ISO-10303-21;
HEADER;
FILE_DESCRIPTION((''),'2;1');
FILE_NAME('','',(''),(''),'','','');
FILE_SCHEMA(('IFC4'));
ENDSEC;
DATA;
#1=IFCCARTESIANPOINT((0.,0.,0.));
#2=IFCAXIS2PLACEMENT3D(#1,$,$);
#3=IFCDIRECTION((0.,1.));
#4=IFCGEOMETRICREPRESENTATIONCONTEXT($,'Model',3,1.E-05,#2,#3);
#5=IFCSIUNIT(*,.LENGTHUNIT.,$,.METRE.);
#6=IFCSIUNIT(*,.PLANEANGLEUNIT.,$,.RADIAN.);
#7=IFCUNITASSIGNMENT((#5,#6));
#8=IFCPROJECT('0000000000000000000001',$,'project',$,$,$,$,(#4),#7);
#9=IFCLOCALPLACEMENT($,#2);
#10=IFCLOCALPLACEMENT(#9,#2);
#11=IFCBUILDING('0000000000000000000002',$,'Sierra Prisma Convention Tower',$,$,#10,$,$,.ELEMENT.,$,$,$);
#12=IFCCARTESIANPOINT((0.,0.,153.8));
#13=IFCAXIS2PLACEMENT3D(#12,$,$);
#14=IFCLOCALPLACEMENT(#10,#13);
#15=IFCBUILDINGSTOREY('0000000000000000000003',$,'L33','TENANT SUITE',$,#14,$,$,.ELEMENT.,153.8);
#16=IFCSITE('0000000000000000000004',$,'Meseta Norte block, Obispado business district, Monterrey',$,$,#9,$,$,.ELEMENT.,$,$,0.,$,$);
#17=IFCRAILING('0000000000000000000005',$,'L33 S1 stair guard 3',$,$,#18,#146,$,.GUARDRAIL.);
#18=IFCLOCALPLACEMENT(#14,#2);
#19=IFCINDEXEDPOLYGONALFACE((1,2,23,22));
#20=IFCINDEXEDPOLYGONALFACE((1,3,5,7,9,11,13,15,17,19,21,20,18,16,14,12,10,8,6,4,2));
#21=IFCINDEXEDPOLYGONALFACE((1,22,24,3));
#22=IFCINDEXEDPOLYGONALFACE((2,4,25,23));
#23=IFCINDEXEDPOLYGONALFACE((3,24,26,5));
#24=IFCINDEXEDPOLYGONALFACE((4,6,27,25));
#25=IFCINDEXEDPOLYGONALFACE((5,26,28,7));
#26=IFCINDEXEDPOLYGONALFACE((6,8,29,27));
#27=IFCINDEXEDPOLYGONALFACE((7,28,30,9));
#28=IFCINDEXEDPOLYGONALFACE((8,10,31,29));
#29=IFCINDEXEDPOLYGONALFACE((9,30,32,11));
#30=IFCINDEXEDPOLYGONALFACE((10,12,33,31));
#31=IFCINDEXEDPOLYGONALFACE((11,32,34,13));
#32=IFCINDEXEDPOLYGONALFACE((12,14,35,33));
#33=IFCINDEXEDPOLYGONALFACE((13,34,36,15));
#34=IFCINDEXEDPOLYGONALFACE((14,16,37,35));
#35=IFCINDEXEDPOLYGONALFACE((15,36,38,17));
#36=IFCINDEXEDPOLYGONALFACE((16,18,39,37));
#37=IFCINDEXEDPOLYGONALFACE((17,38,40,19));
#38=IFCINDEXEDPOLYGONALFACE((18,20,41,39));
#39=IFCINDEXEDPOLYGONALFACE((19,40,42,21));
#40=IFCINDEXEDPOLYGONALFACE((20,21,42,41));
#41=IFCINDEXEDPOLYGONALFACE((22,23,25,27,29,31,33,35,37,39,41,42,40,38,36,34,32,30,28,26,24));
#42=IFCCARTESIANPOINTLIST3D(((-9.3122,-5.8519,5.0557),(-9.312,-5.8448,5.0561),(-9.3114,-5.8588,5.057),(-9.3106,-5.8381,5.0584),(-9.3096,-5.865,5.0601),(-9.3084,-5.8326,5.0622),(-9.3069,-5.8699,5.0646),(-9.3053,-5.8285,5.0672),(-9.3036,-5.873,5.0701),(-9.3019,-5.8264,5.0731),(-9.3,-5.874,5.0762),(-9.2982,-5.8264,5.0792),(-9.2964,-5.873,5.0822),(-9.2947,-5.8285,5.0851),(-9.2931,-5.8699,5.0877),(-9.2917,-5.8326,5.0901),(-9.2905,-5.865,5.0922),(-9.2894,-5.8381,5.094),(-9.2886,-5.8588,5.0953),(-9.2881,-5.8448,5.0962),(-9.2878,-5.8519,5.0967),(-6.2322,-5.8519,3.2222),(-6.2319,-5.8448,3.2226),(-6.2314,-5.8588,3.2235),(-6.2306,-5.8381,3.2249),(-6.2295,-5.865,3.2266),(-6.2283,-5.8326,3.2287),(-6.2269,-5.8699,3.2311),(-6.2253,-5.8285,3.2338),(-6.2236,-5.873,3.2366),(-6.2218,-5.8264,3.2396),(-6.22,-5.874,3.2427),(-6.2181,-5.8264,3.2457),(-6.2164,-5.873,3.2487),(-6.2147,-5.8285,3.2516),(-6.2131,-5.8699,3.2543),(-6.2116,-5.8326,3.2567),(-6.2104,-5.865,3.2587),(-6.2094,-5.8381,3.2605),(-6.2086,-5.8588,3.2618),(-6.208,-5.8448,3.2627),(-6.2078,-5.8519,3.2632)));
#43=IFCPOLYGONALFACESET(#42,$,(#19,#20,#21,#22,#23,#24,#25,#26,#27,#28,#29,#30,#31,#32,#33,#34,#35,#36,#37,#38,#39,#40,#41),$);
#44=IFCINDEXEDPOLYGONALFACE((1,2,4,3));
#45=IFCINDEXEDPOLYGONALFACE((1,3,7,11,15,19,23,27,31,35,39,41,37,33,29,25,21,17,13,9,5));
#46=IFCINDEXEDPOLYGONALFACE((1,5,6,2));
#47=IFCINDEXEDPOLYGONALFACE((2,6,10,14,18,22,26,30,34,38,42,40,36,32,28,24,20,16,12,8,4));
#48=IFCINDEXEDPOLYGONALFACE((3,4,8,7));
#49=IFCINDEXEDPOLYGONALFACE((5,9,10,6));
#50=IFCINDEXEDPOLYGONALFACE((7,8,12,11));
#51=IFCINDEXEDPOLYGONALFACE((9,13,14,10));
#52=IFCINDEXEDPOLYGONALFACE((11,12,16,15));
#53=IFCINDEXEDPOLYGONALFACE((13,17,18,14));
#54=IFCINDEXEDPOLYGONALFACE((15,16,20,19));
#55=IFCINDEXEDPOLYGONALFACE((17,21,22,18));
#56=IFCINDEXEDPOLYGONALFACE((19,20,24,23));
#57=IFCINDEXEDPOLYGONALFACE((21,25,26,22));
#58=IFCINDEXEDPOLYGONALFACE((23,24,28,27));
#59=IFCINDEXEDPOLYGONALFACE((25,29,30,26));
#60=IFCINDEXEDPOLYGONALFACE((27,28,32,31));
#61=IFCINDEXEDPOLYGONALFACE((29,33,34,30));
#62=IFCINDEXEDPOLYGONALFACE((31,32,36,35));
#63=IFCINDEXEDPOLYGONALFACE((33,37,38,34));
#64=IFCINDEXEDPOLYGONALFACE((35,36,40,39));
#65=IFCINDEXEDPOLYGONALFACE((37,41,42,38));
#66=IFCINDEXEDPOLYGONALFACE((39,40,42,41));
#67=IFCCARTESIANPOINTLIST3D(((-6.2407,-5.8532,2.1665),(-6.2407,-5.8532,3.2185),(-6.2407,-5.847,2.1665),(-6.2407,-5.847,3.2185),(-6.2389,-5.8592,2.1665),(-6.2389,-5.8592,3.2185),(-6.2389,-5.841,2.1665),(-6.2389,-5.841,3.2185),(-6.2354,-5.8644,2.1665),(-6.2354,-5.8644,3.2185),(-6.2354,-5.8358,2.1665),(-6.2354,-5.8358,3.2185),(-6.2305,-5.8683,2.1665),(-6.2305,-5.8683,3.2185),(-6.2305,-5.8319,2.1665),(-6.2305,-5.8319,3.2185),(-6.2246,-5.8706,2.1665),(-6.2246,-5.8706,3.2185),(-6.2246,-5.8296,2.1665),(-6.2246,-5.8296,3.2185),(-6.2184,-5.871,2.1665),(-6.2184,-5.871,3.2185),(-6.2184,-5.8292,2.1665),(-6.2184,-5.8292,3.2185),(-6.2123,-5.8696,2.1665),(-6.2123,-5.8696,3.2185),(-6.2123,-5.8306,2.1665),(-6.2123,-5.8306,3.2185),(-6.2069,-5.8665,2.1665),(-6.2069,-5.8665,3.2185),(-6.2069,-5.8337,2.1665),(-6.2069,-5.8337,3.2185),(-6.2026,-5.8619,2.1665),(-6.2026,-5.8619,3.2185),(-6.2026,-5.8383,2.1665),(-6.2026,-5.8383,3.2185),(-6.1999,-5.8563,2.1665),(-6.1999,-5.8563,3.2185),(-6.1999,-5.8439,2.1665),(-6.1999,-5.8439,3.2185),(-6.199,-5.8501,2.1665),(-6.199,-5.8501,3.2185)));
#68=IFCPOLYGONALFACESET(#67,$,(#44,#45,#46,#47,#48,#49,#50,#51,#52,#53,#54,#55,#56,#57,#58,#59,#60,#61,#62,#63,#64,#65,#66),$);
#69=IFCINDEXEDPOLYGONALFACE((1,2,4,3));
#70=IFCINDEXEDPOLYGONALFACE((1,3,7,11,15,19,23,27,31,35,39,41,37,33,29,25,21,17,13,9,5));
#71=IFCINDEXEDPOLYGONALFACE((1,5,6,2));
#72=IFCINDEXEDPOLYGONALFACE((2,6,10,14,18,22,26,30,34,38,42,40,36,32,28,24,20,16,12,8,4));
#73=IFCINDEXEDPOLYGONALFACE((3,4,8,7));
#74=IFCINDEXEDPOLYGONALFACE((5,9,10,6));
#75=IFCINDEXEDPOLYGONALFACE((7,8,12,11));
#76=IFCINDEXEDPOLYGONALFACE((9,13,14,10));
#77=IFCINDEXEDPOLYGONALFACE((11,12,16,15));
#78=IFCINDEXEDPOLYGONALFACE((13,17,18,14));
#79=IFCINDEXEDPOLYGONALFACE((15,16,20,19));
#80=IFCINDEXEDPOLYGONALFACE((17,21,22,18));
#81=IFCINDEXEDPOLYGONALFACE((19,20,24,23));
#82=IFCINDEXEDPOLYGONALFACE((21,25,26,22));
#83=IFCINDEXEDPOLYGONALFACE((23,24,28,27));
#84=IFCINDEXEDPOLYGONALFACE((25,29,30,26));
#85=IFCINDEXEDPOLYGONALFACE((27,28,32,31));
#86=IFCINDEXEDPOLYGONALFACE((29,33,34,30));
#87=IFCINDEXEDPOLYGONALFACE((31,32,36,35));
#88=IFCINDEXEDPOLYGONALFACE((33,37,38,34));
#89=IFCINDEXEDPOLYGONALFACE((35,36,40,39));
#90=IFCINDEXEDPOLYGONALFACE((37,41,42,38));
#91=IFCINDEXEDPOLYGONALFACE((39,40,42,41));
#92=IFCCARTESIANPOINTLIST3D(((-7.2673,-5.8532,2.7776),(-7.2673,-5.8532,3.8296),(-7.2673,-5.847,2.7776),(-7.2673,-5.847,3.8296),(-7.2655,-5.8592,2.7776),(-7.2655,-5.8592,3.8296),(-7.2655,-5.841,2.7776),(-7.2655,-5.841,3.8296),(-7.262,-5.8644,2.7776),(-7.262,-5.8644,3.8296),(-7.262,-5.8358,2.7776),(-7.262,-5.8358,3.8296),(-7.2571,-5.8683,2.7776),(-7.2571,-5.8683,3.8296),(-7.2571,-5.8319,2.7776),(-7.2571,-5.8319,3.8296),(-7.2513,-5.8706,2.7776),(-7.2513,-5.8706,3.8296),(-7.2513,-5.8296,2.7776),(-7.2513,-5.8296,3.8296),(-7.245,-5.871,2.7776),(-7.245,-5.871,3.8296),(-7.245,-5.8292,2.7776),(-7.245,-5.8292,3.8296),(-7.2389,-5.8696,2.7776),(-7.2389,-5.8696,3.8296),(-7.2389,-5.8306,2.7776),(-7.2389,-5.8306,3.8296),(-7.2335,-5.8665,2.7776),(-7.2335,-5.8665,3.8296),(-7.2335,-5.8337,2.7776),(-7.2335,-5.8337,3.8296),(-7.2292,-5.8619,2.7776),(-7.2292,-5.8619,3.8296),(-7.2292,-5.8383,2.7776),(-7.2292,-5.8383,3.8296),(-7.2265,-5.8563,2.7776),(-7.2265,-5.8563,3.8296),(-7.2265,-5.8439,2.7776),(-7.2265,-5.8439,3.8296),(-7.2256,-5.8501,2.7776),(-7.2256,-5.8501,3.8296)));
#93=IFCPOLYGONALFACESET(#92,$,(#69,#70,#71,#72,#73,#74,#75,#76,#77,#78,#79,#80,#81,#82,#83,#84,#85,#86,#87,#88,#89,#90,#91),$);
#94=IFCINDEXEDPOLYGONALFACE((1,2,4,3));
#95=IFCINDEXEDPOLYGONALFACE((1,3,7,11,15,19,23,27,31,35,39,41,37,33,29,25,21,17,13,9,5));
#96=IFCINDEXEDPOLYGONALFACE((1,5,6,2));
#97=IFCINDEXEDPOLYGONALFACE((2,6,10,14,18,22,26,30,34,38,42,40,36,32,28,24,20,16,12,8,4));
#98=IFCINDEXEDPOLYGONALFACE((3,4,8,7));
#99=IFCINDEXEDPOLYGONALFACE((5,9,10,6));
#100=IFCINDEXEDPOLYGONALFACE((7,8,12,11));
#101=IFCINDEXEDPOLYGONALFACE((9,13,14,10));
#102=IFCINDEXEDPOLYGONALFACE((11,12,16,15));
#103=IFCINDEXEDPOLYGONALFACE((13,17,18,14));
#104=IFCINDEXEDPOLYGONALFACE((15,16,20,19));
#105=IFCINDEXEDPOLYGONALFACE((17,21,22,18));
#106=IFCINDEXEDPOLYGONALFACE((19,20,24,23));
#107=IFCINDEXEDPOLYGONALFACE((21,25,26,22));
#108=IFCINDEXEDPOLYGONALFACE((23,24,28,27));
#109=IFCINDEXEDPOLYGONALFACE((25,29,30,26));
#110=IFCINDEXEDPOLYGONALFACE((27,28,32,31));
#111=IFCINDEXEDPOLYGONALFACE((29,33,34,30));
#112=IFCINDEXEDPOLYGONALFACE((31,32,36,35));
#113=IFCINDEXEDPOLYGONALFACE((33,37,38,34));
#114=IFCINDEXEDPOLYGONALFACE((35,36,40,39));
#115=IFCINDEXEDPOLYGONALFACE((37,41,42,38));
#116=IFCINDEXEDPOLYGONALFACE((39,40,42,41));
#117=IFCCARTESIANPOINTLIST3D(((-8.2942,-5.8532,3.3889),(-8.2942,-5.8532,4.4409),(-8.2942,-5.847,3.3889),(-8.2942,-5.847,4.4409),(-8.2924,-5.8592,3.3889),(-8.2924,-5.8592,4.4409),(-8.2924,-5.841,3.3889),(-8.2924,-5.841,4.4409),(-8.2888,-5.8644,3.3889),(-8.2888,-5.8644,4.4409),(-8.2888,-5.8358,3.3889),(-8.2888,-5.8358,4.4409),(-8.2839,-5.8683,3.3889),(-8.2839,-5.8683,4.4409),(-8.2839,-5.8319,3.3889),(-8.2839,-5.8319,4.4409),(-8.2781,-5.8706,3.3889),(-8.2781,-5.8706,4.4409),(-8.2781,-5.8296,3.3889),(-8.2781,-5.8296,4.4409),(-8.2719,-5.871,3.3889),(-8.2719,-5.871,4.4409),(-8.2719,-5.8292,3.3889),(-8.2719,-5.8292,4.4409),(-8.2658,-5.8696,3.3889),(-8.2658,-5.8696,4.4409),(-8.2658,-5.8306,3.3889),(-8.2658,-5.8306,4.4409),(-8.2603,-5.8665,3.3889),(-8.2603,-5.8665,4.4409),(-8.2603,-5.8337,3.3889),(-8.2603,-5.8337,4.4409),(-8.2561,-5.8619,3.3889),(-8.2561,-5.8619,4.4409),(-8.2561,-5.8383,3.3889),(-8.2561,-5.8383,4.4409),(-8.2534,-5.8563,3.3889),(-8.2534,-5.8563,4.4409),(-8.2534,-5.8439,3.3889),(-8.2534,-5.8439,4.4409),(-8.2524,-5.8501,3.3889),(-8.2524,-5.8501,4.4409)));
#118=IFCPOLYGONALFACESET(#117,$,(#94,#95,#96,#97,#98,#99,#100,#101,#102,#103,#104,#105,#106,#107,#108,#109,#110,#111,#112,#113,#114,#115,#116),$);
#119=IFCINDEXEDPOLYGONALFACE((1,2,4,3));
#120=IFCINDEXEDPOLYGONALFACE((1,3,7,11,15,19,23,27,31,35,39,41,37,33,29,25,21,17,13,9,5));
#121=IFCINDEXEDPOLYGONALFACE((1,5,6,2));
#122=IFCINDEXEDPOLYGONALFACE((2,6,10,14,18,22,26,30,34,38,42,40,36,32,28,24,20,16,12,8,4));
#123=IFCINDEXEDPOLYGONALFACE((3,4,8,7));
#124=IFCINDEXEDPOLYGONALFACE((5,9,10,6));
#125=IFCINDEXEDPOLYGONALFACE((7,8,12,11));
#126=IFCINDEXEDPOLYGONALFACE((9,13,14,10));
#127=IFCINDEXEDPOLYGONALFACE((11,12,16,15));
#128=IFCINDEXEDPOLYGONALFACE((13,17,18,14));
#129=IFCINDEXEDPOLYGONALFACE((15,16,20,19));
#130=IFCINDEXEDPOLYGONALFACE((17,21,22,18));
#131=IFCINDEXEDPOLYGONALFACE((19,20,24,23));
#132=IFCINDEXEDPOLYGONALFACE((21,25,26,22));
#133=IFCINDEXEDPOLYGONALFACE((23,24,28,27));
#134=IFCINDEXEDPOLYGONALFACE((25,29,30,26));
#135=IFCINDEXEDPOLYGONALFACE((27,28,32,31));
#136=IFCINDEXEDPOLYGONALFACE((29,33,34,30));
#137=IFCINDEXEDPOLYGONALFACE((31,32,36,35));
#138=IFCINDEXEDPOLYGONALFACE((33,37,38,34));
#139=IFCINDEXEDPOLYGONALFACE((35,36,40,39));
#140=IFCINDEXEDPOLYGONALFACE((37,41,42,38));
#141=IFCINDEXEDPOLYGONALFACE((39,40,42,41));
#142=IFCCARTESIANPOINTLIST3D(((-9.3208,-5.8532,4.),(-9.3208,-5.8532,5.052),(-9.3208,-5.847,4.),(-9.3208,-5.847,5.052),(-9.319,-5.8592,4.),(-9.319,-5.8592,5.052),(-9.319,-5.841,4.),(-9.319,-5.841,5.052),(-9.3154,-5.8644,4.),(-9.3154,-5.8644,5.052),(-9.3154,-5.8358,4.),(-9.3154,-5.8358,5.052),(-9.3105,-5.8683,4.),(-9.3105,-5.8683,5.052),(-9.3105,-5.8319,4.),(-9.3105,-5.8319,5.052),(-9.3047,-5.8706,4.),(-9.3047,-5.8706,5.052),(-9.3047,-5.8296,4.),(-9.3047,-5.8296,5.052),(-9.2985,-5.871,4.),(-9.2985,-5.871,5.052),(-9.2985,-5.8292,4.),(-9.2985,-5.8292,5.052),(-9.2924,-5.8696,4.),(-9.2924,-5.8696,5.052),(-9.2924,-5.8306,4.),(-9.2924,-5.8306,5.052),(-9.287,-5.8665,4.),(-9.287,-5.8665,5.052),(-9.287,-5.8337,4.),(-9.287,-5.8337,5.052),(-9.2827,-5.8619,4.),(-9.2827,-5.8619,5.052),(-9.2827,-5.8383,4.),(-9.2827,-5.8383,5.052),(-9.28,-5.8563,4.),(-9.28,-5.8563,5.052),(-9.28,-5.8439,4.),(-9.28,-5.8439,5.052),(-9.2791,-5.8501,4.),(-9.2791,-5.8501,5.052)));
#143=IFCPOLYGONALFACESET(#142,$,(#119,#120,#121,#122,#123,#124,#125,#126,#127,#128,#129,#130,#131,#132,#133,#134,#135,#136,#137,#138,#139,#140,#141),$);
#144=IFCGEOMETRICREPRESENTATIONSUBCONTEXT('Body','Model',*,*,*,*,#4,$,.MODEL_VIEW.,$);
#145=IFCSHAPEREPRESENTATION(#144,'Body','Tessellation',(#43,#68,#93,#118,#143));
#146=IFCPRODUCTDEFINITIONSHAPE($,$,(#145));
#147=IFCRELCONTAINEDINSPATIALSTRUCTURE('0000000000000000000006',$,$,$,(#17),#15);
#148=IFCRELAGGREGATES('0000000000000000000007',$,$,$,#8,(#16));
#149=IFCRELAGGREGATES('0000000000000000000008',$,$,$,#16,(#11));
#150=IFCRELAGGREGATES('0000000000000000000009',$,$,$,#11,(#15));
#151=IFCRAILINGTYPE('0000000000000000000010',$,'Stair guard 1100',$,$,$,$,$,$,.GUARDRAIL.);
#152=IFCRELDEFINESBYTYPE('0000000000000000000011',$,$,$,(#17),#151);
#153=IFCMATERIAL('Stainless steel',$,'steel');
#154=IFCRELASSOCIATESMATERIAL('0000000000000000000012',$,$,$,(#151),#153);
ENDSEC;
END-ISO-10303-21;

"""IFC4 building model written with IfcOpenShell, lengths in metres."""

from ifc_helpers import new_model, si_unit, direction, frame, origin, origin_2d, place, context, subcontext, project, spatial, circle, extrude, material, type_object, element, save


model = new_model("IFC4")

# Units and contexts
model_context = context("Model", 3, precision=1e-05, world=origin(), true_north=direction((0.0, 1.0)))
body_context = subcontext(model_context, "Body", "Model", "MODEL_VIEW")
ifc_project = project(units=[si_unit("LENGTHUNIT", "METRE"), si_unit("PLANEANGLEUNIT", "RADIAN")], contexts=[model_context])

# Site, building, storey
site_placement = place(None, origin())
site = spatial("IfcSite", under=ifc_project, at=site_placement, Name="Meseta Norte block, Obispado business district, Monterrey", CompositionType="ELEMENT", RefElevation=0.0)
building_placement = place(site_placement, origin())
building = spatial("IfcBuilding", under=site, at=building_placement, Name="Sierra Prisma Convention Tower", CompositionType="ELEMENT")
storey_placement = place(building_placement, frame((0.0, 0.0, 153.8)))
storey = spatial("IfcBuildingStorey", under=building, at=storey_placement, Name="L33", Description="TENANT SUITE", CompositionType="ELEMENT", Elevation=153.8)

# Railing
ifc_material_1 = material(Name="Stainless steel", Category="steel")
railing_type_1 = type_object("IfcRailingType", Name="Stair guard 1100", PredefinedType="GUARDRAIL", material=ifc_material_1)
railing_1_placement = place(storey_placement, frame((-6.22, -5.8501, 2.1665)))
element("IfcRailing", 1, at=railing_1_placement, inside=storey, type_object=railing_type_1, Name="L33 S1 stair guard 3", PredefinedType="GUARDRAIL", context=body_context, shape_type="SweptSolid", body=[
    extrude(circle(Radius=0.0239, at=origin_2d()), frame((0.0, 0.0, 1.0762), z_axis=(-0.859279, 0.0, 0.511508), x_axis=(0.0, -1.0, 0.0)), (0.0, 0.0, 1.0), 3.5845),
    extrude(circle(Radius=0.021, at=origin_2d()), origin(), (0.0, 0.0, 1.0), 1.052),
    extrude(circle(Radius=0.021, at=origin_2d()), frame((-1.0266, 0.0, 0.6111)), (0.0, 0.0, 1.0), 1.052),
    extrude(circle(Radius=0.021, at=origin_2d()), frame((-2.0535, 0.0, 1.2224)), (0.0, 0.0, 1.0), 1.052),
    extrude(circle(Radius=0.021, at=origin_2d()), frame((-3.0801, 0.0, 1.8335)), (0.0, 0.0, 1.0), 1.052),
])

save(model, "model.ifc")
